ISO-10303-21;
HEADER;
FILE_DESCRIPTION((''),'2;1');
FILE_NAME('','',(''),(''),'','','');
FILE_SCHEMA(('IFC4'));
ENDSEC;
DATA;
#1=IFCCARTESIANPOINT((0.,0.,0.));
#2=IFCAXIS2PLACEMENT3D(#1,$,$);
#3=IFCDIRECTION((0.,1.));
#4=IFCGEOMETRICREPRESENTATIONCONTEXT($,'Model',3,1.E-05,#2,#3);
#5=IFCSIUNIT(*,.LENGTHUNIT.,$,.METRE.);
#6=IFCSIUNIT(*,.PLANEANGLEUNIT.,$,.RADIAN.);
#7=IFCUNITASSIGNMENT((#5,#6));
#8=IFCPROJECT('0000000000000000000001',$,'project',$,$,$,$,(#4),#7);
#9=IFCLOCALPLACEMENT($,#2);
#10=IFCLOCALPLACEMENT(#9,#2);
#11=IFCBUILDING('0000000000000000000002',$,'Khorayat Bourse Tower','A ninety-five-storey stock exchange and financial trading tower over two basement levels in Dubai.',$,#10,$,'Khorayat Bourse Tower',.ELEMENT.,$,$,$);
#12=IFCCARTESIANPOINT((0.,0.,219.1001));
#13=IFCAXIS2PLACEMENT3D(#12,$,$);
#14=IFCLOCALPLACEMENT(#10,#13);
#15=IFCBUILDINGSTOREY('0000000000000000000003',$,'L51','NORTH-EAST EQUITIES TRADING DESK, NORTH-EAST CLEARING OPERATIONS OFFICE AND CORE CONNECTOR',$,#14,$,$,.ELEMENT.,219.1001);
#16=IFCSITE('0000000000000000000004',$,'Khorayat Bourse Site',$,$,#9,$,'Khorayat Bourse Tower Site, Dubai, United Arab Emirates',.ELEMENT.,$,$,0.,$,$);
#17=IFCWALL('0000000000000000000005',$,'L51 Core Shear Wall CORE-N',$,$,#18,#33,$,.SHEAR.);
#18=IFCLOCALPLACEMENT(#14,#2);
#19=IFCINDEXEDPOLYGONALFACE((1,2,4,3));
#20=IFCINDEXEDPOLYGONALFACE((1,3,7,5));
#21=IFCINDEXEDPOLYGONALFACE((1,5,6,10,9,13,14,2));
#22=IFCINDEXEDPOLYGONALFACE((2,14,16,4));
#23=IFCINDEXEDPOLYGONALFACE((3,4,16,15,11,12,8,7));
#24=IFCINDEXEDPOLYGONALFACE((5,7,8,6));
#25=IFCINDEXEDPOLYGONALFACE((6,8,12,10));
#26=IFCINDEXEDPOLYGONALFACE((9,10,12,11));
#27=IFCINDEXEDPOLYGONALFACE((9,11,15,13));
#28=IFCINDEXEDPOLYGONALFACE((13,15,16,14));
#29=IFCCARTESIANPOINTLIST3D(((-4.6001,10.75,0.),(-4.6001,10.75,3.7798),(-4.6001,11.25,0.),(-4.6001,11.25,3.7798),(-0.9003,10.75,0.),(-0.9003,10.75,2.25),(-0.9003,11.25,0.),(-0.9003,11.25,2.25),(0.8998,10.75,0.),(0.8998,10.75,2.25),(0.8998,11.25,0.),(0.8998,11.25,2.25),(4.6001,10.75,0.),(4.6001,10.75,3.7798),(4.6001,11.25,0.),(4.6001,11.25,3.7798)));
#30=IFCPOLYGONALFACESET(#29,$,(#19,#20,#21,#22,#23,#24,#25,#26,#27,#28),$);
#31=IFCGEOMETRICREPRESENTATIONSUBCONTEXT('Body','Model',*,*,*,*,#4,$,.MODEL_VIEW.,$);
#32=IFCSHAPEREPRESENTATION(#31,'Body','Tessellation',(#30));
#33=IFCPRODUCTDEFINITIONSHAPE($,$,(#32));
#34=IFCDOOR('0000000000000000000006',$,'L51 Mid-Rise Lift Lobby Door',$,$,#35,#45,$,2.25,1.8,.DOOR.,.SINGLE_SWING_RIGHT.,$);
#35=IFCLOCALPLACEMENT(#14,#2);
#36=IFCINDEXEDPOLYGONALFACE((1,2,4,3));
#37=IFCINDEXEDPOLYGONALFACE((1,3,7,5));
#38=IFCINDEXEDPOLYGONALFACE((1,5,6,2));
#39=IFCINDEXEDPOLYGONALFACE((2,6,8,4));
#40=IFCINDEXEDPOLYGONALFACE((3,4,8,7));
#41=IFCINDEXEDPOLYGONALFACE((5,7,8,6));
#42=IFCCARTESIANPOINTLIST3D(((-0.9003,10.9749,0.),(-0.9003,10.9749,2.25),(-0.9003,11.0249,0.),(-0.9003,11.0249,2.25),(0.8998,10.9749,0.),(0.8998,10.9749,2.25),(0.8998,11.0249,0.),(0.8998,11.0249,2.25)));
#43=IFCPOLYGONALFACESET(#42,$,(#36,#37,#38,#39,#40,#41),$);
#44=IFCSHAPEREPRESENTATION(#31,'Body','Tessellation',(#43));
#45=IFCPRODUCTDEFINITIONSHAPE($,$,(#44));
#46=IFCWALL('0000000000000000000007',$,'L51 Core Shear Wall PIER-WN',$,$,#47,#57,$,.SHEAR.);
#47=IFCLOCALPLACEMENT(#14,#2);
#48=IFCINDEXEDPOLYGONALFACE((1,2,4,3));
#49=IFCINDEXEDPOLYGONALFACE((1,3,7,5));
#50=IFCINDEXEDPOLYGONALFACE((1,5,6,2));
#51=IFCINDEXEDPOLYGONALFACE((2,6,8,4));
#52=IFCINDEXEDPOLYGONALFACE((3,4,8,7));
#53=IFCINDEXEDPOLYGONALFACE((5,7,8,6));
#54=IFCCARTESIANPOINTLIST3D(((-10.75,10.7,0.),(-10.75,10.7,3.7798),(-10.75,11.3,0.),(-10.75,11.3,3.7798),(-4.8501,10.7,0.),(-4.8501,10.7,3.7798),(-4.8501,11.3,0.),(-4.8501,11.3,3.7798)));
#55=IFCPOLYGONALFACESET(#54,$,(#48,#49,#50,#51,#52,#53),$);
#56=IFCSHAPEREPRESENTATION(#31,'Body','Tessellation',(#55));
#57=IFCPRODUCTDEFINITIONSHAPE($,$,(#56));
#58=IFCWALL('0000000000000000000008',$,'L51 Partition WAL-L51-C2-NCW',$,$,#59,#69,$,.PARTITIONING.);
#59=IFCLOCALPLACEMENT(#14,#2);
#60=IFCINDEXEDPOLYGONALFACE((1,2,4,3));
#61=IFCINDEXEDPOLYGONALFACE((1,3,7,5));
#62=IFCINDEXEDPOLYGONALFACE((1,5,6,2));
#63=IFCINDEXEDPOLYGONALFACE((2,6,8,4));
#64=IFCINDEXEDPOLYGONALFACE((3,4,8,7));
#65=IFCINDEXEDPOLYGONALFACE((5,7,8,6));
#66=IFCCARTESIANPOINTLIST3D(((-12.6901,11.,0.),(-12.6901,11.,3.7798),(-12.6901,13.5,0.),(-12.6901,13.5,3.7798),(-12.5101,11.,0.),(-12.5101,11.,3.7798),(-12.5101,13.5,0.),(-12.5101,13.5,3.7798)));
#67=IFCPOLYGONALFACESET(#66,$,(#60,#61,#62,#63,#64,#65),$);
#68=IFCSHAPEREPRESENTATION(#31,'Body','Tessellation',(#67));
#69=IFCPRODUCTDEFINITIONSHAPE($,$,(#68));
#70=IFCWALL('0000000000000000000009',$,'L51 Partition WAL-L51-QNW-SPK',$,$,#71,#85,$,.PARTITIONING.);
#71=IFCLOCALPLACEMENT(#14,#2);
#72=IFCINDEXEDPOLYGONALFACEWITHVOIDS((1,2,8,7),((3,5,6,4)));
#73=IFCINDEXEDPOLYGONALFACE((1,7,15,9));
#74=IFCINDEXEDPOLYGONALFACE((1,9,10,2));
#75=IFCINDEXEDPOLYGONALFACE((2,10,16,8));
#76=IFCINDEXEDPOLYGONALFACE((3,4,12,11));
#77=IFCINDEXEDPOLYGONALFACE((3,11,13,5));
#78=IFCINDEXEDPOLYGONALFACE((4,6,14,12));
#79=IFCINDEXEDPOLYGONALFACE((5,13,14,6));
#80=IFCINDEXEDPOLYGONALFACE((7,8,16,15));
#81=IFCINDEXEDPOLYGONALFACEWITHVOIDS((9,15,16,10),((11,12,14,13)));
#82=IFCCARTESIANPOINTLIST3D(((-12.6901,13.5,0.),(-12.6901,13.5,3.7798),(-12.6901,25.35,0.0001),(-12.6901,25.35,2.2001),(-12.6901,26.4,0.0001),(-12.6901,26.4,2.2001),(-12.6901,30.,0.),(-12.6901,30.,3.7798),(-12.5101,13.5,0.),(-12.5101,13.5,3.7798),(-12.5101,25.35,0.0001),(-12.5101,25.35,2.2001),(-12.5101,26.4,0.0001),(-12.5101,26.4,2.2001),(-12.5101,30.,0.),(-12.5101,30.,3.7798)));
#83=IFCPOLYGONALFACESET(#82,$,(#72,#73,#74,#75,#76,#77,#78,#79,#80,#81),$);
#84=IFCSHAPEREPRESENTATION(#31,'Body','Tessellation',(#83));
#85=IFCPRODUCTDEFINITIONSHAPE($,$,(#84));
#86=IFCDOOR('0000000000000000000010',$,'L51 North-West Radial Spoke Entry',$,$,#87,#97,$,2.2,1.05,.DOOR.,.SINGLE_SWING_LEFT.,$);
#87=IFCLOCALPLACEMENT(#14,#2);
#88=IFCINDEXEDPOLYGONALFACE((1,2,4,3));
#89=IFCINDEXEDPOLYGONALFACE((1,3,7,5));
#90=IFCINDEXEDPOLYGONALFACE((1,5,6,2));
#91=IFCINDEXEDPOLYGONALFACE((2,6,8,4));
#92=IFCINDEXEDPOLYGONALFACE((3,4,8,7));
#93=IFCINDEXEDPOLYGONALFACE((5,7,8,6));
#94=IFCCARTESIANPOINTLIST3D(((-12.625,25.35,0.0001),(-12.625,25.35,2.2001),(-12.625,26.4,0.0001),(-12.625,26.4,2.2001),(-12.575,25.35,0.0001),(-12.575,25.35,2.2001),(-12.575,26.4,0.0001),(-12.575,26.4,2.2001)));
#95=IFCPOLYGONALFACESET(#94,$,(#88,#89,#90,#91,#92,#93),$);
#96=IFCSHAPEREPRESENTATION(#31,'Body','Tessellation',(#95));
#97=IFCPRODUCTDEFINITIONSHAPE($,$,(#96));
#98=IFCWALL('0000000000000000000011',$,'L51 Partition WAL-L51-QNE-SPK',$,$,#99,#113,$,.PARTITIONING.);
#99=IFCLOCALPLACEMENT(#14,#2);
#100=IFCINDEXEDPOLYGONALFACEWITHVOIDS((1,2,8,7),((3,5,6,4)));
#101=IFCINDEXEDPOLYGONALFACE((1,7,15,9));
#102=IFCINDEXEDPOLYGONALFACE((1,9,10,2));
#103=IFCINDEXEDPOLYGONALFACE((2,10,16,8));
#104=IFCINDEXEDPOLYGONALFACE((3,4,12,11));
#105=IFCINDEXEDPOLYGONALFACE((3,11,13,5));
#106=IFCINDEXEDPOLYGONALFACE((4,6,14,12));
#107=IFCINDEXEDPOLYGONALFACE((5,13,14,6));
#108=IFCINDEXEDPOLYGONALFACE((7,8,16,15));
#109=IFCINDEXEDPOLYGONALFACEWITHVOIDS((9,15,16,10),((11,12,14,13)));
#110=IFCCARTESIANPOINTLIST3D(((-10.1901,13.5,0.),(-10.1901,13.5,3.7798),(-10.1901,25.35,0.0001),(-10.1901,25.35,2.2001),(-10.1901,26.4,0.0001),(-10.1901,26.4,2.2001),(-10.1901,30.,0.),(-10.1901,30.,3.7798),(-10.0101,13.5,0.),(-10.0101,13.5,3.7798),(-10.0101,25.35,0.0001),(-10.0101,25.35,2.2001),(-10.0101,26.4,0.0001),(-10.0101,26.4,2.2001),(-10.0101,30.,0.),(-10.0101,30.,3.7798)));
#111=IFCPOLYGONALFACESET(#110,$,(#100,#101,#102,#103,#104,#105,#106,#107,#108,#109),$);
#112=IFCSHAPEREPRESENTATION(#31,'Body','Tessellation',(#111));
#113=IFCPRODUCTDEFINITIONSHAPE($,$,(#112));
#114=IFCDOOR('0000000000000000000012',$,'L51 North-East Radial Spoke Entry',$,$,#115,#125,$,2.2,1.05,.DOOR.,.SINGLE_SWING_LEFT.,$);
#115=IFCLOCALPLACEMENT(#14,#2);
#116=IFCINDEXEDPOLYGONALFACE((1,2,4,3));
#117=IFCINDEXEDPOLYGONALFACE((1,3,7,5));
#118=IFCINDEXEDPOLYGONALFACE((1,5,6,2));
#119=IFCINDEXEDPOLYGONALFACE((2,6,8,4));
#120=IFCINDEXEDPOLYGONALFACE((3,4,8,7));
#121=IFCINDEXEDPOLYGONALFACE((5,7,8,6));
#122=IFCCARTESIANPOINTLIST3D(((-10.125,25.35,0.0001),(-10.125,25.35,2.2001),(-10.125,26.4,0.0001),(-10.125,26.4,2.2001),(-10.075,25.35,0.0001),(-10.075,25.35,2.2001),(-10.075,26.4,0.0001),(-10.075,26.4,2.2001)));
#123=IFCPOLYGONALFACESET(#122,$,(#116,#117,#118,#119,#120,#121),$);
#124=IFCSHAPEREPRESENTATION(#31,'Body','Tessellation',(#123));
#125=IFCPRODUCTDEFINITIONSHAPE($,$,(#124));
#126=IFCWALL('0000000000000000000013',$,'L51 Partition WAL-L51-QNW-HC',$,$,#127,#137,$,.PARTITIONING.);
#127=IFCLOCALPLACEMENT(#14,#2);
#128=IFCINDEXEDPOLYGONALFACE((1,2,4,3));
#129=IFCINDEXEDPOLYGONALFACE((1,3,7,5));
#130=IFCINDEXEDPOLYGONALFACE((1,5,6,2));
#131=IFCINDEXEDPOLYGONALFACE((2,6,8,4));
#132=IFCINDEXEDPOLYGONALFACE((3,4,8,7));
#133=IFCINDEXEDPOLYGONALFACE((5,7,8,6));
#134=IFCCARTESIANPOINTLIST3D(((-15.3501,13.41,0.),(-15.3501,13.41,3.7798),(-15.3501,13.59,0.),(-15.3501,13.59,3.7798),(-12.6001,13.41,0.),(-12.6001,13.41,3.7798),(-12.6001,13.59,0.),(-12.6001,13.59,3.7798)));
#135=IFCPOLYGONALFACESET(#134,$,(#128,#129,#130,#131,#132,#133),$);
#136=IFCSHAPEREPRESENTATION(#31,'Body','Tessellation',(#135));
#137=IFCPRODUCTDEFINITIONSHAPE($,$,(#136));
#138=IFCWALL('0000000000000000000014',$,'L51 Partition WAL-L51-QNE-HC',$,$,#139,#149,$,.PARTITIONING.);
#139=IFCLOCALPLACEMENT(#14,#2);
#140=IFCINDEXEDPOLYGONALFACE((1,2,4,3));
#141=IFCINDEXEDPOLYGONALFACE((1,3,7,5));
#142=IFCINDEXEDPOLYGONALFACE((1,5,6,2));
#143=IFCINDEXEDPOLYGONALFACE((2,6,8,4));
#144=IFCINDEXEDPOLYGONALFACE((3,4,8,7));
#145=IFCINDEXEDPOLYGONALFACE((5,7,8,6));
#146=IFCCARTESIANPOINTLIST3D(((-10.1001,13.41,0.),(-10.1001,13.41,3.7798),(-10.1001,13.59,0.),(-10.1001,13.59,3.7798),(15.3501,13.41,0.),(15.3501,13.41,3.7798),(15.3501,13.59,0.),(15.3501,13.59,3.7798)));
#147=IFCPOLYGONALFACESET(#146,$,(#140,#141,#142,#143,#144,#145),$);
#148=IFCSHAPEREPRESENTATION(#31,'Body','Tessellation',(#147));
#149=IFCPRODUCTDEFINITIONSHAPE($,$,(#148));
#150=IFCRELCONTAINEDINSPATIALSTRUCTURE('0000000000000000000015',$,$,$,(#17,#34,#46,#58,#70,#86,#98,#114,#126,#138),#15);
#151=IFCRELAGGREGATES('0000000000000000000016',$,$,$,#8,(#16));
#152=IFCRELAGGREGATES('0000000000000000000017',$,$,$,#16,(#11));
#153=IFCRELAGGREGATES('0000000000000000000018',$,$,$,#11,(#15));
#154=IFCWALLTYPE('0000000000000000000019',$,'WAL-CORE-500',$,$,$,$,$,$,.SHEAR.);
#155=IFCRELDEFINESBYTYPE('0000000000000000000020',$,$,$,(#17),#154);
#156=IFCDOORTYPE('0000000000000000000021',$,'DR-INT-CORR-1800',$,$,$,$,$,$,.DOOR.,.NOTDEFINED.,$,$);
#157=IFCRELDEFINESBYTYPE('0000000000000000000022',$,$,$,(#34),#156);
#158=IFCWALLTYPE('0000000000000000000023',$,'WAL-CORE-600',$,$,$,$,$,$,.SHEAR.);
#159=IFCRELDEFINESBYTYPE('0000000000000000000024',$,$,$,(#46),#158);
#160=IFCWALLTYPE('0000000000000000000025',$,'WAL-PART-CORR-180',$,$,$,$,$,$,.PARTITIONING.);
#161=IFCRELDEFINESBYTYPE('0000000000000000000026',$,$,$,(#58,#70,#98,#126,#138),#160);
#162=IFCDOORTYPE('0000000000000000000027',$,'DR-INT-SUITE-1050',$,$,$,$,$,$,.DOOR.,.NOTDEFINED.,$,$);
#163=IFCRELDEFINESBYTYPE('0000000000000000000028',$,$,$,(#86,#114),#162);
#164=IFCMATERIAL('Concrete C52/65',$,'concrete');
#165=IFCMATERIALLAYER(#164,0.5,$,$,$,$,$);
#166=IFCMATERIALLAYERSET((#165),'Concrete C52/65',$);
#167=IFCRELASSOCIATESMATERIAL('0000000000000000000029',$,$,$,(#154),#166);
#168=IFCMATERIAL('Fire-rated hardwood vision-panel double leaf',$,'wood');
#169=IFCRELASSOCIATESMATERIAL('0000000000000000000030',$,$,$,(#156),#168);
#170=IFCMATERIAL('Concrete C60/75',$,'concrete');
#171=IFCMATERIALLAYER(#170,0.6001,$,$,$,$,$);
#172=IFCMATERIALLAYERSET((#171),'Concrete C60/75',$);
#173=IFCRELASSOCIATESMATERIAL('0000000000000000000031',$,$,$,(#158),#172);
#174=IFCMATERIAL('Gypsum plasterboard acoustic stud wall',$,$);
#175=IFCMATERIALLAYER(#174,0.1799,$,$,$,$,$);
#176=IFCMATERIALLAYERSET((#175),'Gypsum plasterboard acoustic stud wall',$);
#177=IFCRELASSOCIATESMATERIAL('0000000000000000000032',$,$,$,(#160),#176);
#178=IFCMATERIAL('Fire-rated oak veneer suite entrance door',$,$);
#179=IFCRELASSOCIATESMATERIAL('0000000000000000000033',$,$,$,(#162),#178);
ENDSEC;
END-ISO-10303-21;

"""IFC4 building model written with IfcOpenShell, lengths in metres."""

from ifc_helpers import new_model, si_unit, direction, frame, frame_2d, origin, place, context, subcontext, project, spatial, rectangle, extrude, source, transform, mapped, material, layer, layer_set, type_object, element, fill, save


model = new_model("IFC4")

# Units and contexts
model_context = context("Model", 3, precision=1e-05, world=origin(), true_north=direction((0.0, 1.0)))
body_context = subcontext(model_context, "Body", "Model", "MODEL_VIEW")
ifc_project = project(units=[si_unit("LENGTHUNIT", "METRE"), si_unit("PLANEANGLEUNIT", "RADIAN")], contexts=[model_context])

# Site, building, storey
site_placement = place(None, origin())
site = spatial("IfcSite", under=ifc_project, at=site_placement, Name="Khorayat Bourse Site", LongName="Khorayat Bourse Tower Site, Dubai, United Arab Emirates", CompositionType="ELEMENT", RefElevation=0.0)
building_placement = place(site_placement, origin())
building = spatial("IfcBuilding", under=site, at=building_placement, Name="Khorayat Bourse Tower", Description="A ninety-five-storey stock exchange and financial trading tower over two basement levels in Dubai.", LongName="Khorayat Bourse Tower", CompositionType="ELEMENT")
storey_placement = place(building_placement, frame((0.0, 0.0, 219.1001)))
storey = spatial("IfcBuildingStorey", under=building, at=storey_placement, Name="L51", Description="NORTH-EAST EQUITIES TRADING DESK, NORTH-EAST CLEARING OPERATIONS OFFICE AND CORE CONNECTOR", CompositionType="ELEMENT", Elevation=219.1001)

# Shared definitions
ifc_material_1 = material(Name="Concrete C60/75", Category="concrete")

# Wall, opening, door
ifc_material_2 = material(Name="Concrete C52/65", Category="concrete")
ifc_layer_1 = layer(ifc_material_2, 0.5)
ifc_layer_set_1 = layer_set([ifc_layer_1], Name="Concrete C52/65")
wall_type_1 = type_object("IfcWallType", Name="WAL-CORE-500", PredefinedType="SHEAR", material=ifc_layer_set_1)
shared_shape_1 = source(origin(), body_context, "Body", "SweptSolid", [
    extrude(rectangle(XDim=9.2002, YDim=0.5, at=frame_2d((4.6001, 0.0))), origin(), (0.0, 0.0, 1.0), 3.7798),
])
wall_1_placement = place(storey_placement, frame((-4.6001, 11.0, 0.0), z_axis=(0.0, 0.0, 1.0), x_axis=(1.0, 0.0, 0.0)))
wall_1 = element("IfcWall", 1, at=wall_1_placement, inside=storey, type_object=wall_type_1, Name="L51 Core Shear Wall CORE-N", PredefinedType="SHEAR", context=body_context, shape_type="MappedRepresentation", body=[
    mapped(shared_shape_1, transform((0.0, 0.0, 0.0), scale=1.0)),
])
shared_shape_2 = source(origin(), body_context, "Body", "SweptSolid", [
    extrude(rectangle(XDim=1.8, YDim=2.25, at=frame_2d((0.8999, 1.125))), frame((0.0, 0.26, 0.0), z_axis=(0.0, -1.0, 0.0), x_axis=(1.0, 0.0, 0.0)), (0.0, 0.0, 1.0), 0.52),
])
opening_1_placement = place(wall_1_placement, frame((3.7, 0.0, 0.0)))
opening_1 = element("IfcOpeningElement", 2, at=opening_1_placement, cuts=wall_1, PredefinedType="OPENING", context=body_context, shape_type="MappedRepresentation", body=[
    mapped(shared_shape_2, transform((0.0, 0.0, 0.0), scale=1.0)),
])
ifc_material_3 = material(Name="Fire-rated hardwood vision-panel double leaf", Category="wood")
door_type_1 = type_object("IfcDoorType", Name="DR-INT-CORR-1800", OperationType="NOTDEFINED", PredefinedType="DOOR", material=ifc_material_3)
shared_shape_3 = source(origin(), body_context, "Body", "SweptSolid", [
    extrude(rectangle(XDim=1.8, YDim=2.25, at=frame_2d((0.8999, 1.125))), frame((0.0, 0.0249, 0.0), z_axis=(0.0, -1.0, 0.0), x_axis=(1.0, 0.0, 0.0)), (0.0, 0.0, 1.0), 0.05),
])
door_1_placement = place(opening_1_placement, origin())
door_1 = element("IfcDoor", 3, at=door_1_placement, inside=storey, type_object=door_type_1, Name="L51 Mid-Rise Lift Lobby Door", OperationType="SINGLE_SWING_RIGHT", OverallHeight=2.25, OverallWidth=1.8, PredefinedType="DOOR", context=body_context, shape_type="MappedRepresentation", body=[
    mapped(shared_shape_3, transform((0.0, 0.0, 0.0), scale=1.0)),
])
fill(opening_1, door_1)

# Walls
ifc_layer_2 = layer(ifc_material_1, 0.6001)
ifc_layer_set_2 = layer_set([ifc_layer_2], Name="Concrete C60/75")
wall_type_2 = type_object("IfcWallType", Name="WAL-CORE-600", PredefinedType="SHEAR", material=ifc_layer_set_2)
shared_shape_4 = source(origin(), body_context, "Body", "SweptSolid", [
    extrude(rectangle(XDim=5.8999, YDim=0.6001, at=frame_2d((2.95, 0.0))), origin(), (0.0, 0.0, 1.0), 3.7798),
])
wall_2_placement = place(storey_placement, frame((-10.75, 11.0, 0.0), z_axis=(0.0, 0.0, 1.0), x_axis=(1.0, 0.0, 0.0)))
element("IfcWall", 4, at=wall_2_placement, inside=storey, type_object=wall_type_2, Name="L51 Core Shear Wall PIER-WN", PredefinedType="SHEAR", context=body_context, shape_type="MappedRepresentation", body=[
    mapped(shared_shape_4, transform((0.0, 0.0, 0.0), scale=1.0)),
])
ifc_material_4 = material(Name="Gypsum plasterboard acoustic stud wall")
ifc_layer_3 = layer(ifc_material_4, 0.1799)
ifc_layer_set_3 = layer_set([ifc_layer_3], Name="Gypsum plasterboard acoustic stud wall")
wall_type_3 = type_object("IfcWallType", Name="WAL-PART-CORR-180", PredefinedType="PARTITIONING", material=ifc_layer_set_3)
shared_shape_5 = source(origin(), body_context, "Body", "SweptSolid", [
    extrude(rectangle(XDim=2.5, YDim=0.1799, at=frame_2d((1.25, 0.0))), origin(), (0.0, 0.0, 1.0), 3.7798),
])
wall_3_placement = place(storey_placement, frame((-12.6001, 11.0, 0.0), z_axis=(0.0, 0.0, 1.0), x_axis=(0.0, 1.0, 0.0)))
element("IfcWall", 5, at=wall_3_placement, inside=storey, type_object=wall_type_3, Name="L51 Partition WAL-L51-C2-NCW", PredefinedType="PARTITIONING", context=body_context, shape_type="MappedRepresentation", body=[
    mapped(shared_shape_5, transform((0.0, 0.0, 0.0), scale=1.0)),
])

# Walls, openings, doors
shared_shape_6 = source(origin(), body_context, "Body", "SweptSolid", [
    extrude(rectangle(XDim=16.5, YDim=0.1799, at=frame_2d((8.25, 0.0))), origin(), (0.0, 0.0, 1.0), 3.7798),
])
wall_4_placement = place(storey_placement, frame((-12.6001, 13.5, 0.0), z_axis=(0.0, 0.0, 1.0), x_axis=(0.0, 1.0, 0.0)))
wall_4 = element("IfcWall", 6, at=wall_4_placement, inside=storey, type_object=wall_type_3, Name="L51 Partition WAL-L51-QNW-SPK", PredefinedType="PARTITIONING", context=body_context, shape_type="MappedRepresentation", body=[
    mapped(shared_shape_6, transform((0.0, 0.0, 0.0), scale=1.0)),
])
shared_shape_7 = source(origin(), body_context, "Body", "SweptSolid", [
    extrude(rectangle(XDim=1.05, YDim=2.2, at=frame_2d((0.5249, 1.1001))), frame((0.0, 0.0999, 0.0), z_axis=(0.0, -1.0, 0.0), x_axis=(1.0, 0.0, 0.0)), (0.0, 0.0, 1.0), 0.2),
])
opening_2_placement = place(wall_4_placement, frame((11.8501, 0.0, 0.0)))
opening_2 = element("IfcOpeningElement", 7, at=opening_2_placement, cuts=wall_4, PredefinedType="OPENING", context=body_context, shape_type="MappedRepresentation", body=[
    mapped(shared_shape_7, transform((0.0, 0.0, 0.0), scale=1.0)),
])
ifc_material_5 = material(Name="Fire-rated oak veneer suite entrance door")
door_type_2 = type_object("IfcDoorType", Name="DR-INT-SUITE-1050", OperationType="NOTDEFINED", PredefinedType="DOOR", material=ifc_material_5)
shared_shape_8 = source(origin(), body_context, "Body", "SweptSolid", [
    extrude(rectangle(XDim=1.05, YDim=2.2, at=frame_2d((0.5249, 1.1001))), frame((0.0, 0.0249, 0.0), z_axis=(0.0, -1.0, 0.0), x_axis=(1.0, 0.0, 0.0)), (0.0, 0.0, 1.0), 0.05),
])
door_2_placement = place(opening_2_placement, origin())
door_2 = element("IfcDoor", 8, at=door_2_placement, inside=storey, type_object=door_type_2, Name="L51 North-West Radial Spoke Entry", OperationType="SINGLE_SWING_LEFT", OverallHeight=2.2, OverallWidth=1.05, PredefinedType="DOOR", context=body_context, shape_type="MappedRepresentation", body=[
    mapped(shared_shape_8, transform((0.0, 0.0, 0.0), scale=1.0)),
])
fill(opening_2, door_2)
wall_5_placement = place(storey_placement, frame((-10.1001, 13.5, 0.0), z_axis=(0.0, 0.0, 1.0), x_axis=(0.0, 1.0, 0.0)))
wall_5 = element("IfcWall", 9, at=wall_5_placement, inside=storey, type_object=wall_type_3, Name="L51 Partition WAL-L51-QNE-SPK", PredefinedType="PARTITIONING", context=body_context, shape_type="MappedRepresentation", body=[
    mapped(shared_shape_6, transform((0.0, 0.0, 0.0), scale=1.0)),
])
opening_3_placement = place(wall_5_placement, frame((11.8501, 0.0, 0.0)))
opening_3 = element("IfcOpeningElement", 10, at=opening_3_placement, cuts=wall_5, PredefinedType="OPENING", context=body_context, shape_type="MappedRepresentation", body=[
    mapped(shared_shape_7, transform((0.0, 0.0, 0.0), scale=1.0)),
])
door_3_placement = place(opening_3_placement, origin())
door_3 = element("IfcDoor", 11, at=door_3_placement, inside=storey, type_object=door_type_2, Name="L51 North-East Radial Spoke Entry", OperationType="SINGLE_SWING_LEFT", OverallHeight=2.2, OverallWidth=1.05, PredefinedType="DOOR", context=body_context, shape_type="MappedRepresentation", body=[
    mapped(shared_shape_8, transform((0.0, 0.0, 0.0), scale=1.0)),
])
fill(opening_3, door_3)

# Walls
shared_shape_9 = source(origin(), body_context, "Body", "SweptSolid", [
    extrude(rectangle(XDim=2.75, YDim=0.1799, at=frame_2d((1.375, 0.0))), origin(), (0.0, 0.0, 1.0), 3.7798),
])
wall_6_placement = place(storey_placement, frame((-15.3501, 13.5, 0.0), z_axis=(0.0, 0.0, 1.0), x_axis=(1.0, 0.0, 0.0)))
element("IfcWall", 12, at=wall_6_placement, inside=storey, type_object=wall_type_3, Name="L51 Partition WAL-L51-QNW-HC", PredefinedType="PARTITIONING", context=body_context, shape_type="MappedRepresentation", body=[
    mapped(shared_shape_9, transform((0.0, 0.0, 0.0), scale=1.0)),
])
shared_shape_10 = source(origin(), body_context, "Body", "SweptSolid", [
    extrude(rectangle(XDim=25.4502, YDim=0.1799, at=frame_2d((12.7251, 0.0))), origin(), (0.0, 0.0, 1.0), 3.7798),
])
wall_7_placement = place(storey_placement, frame((-10.1001, 13.5, 0.0), z_axis=(0.0, 0.0, 1.0), x_axis=(1.0, 0.0, 0.0)))
element("IfcWall", 13, at=wall_7_placement, inside=storey, type_object=wall_type_3, Name="L51 Partition WAL-L51-QNE-HC", PredefinedType="PARTITIONING", context=body_context, shape_type="MappedRepresentation", body=[
    mapped(shared_shape_10, transform((0.0, 0.0, 0.0), scale=1.0)),
])

save(model, "model.ifc")
